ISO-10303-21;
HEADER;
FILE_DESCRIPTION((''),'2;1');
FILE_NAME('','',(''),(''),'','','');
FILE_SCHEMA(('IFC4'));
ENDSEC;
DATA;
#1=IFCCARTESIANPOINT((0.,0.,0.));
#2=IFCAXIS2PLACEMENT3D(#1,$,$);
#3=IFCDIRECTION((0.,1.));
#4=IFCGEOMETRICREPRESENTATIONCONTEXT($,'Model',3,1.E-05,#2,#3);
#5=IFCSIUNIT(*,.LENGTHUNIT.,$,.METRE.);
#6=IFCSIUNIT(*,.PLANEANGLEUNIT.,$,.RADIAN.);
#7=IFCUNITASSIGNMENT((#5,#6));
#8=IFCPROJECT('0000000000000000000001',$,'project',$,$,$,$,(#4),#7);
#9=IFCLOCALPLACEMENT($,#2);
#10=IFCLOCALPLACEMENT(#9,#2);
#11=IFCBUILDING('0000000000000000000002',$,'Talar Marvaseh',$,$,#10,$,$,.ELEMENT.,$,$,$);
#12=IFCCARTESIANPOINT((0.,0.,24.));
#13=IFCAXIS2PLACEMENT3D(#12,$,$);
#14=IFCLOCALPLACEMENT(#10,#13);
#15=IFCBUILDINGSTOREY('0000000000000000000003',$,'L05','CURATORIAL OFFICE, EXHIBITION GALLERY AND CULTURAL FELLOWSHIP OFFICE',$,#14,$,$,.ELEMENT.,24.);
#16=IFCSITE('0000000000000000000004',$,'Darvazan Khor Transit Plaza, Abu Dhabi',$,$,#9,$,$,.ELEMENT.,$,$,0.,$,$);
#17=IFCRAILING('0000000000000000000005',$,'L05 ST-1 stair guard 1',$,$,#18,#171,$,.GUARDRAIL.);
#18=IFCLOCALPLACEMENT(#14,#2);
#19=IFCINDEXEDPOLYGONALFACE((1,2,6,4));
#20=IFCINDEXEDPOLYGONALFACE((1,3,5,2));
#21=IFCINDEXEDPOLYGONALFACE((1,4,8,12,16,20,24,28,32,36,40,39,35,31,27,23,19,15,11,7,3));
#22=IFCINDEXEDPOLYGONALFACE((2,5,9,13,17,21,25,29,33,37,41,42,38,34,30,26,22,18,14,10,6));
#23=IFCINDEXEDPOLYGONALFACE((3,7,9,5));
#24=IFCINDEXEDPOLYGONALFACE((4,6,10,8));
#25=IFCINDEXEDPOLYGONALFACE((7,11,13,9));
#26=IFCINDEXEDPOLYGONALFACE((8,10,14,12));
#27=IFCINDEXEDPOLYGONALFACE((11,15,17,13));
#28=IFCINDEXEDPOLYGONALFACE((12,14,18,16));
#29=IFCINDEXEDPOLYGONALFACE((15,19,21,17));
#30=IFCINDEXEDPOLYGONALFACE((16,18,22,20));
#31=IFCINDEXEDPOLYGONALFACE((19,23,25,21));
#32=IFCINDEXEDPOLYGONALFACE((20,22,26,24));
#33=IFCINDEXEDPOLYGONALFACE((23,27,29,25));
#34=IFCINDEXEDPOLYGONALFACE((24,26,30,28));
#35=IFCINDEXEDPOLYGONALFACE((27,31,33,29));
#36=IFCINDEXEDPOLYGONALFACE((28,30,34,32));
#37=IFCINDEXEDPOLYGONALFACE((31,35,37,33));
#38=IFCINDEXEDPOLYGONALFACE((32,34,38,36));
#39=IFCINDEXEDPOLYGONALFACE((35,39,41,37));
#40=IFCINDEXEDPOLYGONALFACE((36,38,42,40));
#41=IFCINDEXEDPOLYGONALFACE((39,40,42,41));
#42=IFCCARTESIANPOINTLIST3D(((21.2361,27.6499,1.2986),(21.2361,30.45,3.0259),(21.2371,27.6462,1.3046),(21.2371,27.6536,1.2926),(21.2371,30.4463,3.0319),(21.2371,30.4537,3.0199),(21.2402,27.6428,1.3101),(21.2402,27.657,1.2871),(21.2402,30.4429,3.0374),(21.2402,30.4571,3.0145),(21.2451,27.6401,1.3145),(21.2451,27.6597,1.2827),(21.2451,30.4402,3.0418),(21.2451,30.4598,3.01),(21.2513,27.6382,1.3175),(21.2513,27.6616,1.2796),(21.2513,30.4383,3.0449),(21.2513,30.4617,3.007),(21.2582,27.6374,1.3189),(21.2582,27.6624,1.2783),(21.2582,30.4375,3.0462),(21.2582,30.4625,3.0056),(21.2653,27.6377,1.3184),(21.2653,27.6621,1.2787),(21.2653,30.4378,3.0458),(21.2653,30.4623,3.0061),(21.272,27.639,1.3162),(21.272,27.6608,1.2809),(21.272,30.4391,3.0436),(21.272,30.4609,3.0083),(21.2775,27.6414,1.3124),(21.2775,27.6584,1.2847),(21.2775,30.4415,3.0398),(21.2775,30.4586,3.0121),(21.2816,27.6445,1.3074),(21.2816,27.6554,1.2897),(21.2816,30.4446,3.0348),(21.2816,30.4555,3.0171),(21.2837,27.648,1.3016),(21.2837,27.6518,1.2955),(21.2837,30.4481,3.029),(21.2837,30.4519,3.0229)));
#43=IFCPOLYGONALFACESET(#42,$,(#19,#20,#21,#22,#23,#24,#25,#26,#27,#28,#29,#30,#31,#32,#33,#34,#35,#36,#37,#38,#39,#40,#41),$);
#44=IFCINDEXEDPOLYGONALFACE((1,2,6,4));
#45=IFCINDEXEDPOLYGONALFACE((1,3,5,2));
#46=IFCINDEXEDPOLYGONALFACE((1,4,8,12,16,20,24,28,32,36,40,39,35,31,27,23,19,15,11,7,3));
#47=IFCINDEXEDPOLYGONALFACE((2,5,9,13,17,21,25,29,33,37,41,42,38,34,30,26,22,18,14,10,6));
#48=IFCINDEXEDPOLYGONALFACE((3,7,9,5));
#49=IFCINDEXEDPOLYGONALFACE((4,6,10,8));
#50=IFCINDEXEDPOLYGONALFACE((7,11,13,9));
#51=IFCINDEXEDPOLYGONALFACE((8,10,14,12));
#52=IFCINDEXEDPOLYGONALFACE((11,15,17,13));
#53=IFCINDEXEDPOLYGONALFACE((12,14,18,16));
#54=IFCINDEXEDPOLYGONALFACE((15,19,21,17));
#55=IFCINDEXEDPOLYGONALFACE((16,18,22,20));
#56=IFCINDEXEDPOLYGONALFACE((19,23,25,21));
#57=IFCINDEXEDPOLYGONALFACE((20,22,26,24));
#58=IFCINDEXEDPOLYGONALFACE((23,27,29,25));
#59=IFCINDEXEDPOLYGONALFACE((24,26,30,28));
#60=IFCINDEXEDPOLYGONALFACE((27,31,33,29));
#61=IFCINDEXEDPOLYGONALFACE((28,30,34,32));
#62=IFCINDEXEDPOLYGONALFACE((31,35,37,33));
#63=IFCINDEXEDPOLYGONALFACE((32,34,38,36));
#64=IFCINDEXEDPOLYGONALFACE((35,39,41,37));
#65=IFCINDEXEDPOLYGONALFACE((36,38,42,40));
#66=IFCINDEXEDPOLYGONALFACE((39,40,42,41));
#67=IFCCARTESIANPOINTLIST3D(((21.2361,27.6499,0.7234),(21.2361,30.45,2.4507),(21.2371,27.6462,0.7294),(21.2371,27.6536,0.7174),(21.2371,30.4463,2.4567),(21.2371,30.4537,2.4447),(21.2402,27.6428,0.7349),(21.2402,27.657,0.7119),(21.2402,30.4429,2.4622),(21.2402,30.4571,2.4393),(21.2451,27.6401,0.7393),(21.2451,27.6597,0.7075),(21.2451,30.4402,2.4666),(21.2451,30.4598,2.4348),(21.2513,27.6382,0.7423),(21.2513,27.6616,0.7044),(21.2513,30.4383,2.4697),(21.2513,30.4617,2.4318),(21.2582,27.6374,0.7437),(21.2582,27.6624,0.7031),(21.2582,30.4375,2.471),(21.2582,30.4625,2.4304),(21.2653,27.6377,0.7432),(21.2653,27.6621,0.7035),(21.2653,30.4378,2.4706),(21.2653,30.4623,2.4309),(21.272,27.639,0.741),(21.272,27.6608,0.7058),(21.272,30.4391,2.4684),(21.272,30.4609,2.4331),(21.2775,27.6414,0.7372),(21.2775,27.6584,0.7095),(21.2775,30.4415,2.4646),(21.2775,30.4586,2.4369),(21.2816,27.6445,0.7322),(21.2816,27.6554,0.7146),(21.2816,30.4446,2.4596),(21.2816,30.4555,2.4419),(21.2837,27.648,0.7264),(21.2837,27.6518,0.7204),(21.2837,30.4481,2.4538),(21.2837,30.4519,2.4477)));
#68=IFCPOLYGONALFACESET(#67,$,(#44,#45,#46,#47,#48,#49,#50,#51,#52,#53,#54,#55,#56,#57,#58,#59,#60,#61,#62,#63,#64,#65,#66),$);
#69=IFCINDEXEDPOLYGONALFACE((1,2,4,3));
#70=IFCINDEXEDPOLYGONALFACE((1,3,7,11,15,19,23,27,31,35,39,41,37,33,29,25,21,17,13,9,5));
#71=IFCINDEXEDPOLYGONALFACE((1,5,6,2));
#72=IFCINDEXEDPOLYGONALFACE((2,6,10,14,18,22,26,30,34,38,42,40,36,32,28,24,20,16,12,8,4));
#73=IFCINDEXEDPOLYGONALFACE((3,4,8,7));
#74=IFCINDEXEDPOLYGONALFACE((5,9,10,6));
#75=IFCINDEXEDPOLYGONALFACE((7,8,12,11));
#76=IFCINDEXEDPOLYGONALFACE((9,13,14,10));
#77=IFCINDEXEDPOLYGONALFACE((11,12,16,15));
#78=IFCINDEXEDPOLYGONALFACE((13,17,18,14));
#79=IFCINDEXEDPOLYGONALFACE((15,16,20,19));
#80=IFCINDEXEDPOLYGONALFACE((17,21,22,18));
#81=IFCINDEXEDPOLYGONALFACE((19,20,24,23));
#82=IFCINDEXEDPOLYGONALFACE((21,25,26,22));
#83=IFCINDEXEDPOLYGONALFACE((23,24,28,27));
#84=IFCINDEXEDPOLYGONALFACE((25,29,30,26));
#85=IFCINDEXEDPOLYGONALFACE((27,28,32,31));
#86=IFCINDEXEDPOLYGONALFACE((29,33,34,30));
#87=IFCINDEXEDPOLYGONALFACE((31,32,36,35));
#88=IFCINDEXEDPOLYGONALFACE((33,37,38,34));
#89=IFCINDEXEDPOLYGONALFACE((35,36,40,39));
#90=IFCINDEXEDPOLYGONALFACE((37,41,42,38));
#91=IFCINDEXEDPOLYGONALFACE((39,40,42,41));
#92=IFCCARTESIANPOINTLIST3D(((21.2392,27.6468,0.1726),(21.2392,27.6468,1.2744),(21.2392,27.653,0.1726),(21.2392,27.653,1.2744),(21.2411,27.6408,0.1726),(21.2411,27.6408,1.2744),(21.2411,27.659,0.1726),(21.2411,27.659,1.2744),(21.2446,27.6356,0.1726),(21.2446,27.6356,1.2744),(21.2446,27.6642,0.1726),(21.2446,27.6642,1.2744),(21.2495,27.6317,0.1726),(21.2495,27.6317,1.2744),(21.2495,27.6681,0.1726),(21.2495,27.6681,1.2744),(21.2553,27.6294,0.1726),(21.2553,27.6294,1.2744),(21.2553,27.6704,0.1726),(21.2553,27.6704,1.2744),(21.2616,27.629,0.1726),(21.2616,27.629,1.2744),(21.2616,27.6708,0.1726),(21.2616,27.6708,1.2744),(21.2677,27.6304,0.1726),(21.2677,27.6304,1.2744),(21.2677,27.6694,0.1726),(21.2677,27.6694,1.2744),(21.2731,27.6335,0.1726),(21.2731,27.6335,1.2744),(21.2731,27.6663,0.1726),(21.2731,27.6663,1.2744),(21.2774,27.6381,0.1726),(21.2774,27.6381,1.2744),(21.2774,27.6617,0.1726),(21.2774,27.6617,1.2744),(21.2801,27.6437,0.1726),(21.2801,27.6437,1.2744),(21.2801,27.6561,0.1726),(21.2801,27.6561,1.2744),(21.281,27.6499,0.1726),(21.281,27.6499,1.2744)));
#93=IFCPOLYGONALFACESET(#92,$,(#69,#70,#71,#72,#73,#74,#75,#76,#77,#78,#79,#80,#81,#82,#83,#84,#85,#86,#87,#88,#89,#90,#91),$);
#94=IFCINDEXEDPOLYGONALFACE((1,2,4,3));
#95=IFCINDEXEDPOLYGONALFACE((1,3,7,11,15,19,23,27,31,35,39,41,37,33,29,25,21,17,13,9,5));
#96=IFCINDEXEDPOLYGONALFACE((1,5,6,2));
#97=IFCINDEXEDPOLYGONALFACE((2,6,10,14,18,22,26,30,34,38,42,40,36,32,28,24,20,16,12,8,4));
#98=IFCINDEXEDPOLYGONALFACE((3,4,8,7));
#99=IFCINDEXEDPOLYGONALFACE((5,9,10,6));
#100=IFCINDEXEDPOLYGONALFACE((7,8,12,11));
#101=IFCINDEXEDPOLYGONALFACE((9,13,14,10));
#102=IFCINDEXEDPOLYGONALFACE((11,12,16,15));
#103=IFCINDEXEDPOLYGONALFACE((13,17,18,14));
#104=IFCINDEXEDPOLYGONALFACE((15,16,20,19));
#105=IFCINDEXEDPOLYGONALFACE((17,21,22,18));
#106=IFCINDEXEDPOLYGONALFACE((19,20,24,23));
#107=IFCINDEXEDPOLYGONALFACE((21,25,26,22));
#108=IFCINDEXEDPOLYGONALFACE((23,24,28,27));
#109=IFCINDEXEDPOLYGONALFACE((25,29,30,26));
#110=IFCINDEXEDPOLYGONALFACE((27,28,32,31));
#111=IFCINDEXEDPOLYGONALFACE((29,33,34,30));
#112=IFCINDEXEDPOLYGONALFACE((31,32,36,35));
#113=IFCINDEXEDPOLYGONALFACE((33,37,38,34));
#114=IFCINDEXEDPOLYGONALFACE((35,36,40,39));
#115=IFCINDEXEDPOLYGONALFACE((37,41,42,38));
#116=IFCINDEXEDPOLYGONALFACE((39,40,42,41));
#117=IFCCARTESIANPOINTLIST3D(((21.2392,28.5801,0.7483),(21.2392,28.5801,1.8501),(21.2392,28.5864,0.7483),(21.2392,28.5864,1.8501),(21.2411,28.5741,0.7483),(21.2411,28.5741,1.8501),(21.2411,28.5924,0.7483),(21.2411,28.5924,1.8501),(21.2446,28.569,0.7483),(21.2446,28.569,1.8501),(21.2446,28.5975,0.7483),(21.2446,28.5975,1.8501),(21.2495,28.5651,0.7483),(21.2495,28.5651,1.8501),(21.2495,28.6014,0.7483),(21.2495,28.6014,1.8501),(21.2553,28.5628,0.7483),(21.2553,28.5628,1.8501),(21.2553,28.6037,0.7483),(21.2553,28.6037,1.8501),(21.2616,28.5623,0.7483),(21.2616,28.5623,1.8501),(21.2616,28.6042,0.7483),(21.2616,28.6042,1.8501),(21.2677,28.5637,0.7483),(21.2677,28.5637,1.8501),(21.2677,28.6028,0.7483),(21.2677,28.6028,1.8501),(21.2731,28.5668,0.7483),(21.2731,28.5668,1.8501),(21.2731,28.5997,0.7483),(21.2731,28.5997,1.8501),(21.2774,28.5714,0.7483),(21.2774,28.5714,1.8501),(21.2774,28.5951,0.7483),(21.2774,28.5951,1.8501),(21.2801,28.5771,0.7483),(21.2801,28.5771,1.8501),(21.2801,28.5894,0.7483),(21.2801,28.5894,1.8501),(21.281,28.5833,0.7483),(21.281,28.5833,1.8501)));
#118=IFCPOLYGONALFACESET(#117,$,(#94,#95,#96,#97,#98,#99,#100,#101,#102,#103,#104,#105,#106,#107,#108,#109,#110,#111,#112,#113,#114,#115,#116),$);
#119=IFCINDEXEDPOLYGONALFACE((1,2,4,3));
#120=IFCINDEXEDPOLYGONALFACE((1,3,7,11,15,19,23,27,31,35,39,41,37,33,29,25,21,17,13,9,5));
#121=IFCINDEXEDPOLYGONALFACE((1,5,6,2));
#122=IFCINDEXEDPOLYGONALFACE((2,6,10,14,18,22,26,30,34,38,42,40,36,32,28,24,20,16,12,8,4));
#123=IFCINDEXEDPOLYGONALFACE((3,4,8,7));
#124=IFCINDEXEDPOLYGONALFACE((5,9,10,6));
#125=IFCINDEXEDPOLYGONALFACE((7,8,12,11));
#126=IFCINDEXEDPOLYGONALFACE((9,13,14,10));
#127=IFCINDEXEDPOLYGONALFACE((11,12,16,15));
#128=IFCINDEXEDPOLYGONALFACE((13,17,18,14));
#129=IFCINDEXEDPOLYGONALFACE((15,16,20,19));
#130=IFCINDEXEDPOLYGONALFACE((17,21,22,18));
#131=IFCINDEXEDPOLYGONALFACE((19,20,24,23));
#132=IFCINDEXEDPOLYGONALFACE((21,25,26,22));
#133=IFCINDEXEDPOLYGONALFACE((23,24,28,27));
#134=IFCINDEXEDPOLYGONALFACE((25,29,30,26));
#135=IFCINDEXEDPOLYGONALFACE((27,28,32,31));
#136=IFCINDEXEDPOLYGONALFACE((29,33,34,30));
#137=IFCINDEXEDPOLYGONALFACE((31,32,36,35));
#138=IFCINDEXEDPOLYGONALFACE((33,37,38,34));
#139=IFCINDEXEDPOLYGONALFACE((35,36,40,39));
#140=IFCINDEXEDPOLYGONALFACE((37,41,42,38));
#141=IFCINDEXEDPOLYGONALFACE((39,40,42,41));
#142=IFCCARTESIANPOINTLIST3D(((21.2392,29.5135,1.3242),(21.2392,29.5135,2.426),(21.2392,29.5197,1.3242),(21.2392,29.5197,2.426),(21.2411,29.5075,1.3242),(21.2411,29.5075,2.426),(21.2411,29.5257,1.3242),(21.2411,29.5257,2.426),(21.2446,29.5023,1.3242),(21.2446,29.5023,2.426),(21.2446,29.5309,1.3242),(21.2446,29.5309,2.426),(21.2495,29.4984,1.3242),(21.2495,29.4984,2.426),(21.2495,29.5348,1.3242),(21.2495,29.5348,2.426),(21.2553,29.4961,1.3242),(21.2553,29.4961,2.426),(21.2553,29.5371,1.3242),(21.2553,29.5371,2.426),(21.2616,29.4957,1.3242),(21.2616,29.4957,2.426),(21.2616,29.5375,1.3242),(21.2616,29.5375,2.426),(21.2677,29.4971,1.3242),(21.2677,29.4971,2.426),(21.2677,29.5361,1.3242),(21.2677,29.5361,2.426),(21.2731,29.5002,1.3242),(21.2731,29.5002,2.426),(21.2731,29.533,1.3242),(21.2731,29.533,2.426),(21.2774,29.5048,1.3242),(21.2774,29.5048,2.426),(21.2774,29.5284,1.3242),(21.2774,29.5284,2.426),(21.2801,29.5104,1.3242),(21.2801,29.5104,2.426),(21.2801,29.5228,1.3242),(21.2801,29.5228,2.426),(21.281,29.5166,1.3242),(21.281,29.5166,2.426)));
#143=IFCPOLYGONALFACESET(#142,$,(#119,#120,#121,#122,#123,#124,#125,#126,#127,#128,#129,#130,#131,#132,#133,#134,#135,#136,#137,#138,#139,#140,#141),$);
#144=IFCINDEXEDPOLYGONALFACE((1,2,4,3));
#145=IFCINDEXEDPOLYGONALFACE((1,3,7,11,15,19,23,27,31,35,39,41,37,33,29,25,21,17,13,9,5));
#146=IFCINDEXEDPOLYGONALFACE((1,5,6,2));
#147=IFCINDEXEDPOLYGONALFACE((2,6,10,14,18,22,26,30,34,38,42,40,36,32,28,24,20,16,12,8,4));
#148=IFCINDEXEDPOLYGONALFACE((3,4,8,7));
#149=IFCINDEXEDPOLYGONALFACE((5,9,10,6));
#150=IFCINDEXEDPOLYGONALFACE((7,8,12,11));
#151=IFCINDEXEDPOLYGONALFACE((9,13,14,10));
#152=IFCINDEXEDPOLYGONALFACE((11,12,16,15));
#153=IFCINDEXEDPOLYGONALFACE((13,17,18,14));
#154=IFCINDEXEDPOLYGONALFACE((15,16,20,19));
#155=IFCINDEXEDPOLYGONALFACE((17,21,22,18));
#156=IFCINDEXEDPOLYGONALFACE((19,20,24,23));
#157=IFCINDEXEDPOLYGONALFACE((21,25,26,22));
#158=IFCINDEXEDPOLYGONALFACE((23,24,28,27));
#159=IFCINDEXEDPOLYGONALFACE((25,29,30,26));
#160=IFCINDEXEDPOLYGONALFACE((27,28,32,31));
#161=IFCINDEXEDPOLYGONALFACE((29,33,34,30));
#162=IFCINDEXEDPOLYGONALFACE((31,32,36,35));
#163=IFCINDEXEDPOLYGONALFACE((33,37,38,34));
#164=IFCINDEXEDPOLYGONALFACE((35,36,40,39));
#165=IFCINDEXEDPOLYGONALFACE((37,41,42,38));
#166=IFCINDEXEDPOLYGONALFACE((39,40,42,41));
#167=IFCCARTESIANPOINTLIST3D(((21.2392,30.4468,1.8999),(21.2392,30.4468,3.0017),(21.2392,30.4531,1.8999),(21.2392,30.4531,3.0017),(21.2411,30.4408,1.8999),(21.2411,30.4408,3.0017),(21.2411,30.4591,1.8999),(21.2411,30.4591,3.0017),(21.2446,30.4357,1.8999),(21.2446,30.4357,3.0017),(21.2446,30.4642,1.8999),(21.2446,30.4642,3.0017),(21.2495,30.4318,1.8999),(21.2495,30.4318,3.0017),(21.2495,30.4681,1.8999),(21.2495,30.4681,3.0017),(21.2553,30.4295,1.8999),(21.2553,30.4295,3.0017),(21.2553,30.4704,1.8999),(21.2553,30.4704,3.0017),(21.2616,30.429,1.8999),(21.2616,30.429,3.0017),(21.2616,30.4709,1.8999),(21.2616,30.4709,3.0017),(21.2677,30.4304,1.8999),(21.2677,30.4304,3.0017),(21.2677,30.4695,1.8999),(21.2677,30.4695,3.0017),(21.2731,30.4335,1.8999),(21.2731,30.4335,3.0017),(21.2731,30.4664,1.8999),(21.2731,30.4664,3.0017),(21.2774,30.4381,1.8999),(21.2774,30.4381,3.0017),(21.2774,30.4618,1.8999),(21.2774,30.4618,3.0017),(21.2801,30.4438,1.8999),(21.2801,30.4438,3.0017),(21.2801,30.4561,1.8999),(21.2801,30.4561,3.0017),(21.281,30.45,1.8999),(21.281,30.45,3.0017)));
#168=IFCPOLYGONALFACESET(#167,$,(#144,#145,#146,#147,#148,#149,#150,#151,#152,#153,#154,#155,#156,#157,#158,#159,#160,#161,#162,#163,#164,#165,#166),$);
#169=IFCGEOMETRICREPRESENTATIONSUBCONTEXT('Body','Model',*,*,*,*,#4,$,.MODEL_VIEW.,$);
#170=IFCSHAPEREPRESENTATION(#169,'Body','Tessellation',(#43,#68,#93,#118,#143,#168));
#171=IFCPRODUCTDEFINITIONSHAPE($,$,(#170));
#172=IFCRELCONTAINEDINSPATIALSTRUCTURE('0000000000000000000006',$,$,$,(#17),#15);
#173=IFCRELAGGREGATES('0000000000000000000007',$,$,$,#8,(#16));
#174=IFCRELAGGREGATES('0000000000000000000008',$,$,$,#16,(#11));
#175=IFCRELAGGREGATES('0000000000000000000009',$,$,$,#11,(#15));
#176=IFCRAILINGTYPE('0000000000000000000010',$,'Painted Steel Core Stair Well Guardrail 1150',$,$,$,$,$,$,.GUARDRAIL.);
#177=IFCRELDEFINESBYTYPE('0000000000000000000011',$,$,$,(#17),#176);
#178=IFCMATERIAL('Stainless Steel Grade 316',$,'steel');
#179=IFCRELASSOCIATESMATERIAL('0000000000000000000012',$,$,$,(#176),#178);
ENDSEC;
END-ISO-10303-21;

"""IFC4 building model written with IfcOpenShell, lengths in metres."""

from ifc_helpers import new_model, si_unit, direction, frame, origin, origin_2d, place, context, subcontext, project, spatial, circle, extrude, material, type_object, element, save


model = new_model("IFC4")

# Units and contexts
model_context = context("Model", 3, precision=1e-05, world=origin(), true_north=direction((0.0, 1.0)))
body_context = subcontext(model_context, "Body", "Model", "MODEL_VIEW")
ifc_project = project(units=[si_unit("LENGTHUNIT", "METRE"), si_unit("PLANEANGLEUNIT", "RADIAN")], contexts=[model_context])

# Site, building, storey
site_placement = place(None, origin())
site = spatial("IfcSite", under=ifc_project, at=site_placement, Name="Darvazan Khor Transit Plaza, Abu Dhabi", CompositionType="ELEMENT", RefElevation=0.0)
building_placement = place(site_placement, origin())
building = spatial("IfcBuilding", under=site, at=building_placement, Name="Talar Marvaseh", CompositionType="ELEMENT")
storey_placement = place(building_placement, frame((0.0, 0.0, 24.0)))
storey = spatial("IfcBuildingStorey", under=building, at=storey_placement, Name="L05", Description="CURATORIAL OFFICE, EXHIBITION GALLERY AND CULTURAL FELLOWSHIP OFFICE", CompositionType="ELEMENT", Elevation=24.0)

# Shared definitions
ifc_material_1 = material(Name="Stainless Steel Grade 316", Category="steel")

# Railing
railing_type_1 = type_object("IfcRailingType", Name="Painted Steel Core Stair Well Guardrail 1150", PredefinedType="GUARDRAIL", material=ifc_material_1)
railing_1_placement = place(storey_placement, frame((21.26, 27.6499, 0.1726)))
element("IfcRailing", 1, at=railing_1_placement, inside=storey, type_object=railing_type_1, Name="L05 ST-1 stair guard 1", PredefinedType="GUARDRAIL", context=body_context, shape_type="SweptSolid", body=[
    extrude(circle(Radius=0.0239, at=origin_2d()), frame((0.0, 0.0, 1.126), z_axis=(0.0, 0.85109, 0.52502), x_axis=(-1.0, 0.0, 0.0)), (0.0, 0.0, 1.0), 3.29),
    extrude(circle(Radius=0.0239, at=origin_2d()), frame((0.0, 0.0, 0.5508), z_axis=(0.0, 0.85109, 0.52502), x_axis=(-1.0, 0.0, 0.0)), (0.0, 0.0, 1.0), 3.29),
    extrude(circle(Radius=0.021, at=origin_2d()), origin(), (0.0, 0.0, 1.0), 1.1018),
    extrude(circle(Radius=0.021, at=origin_2d()), frame((0.0, 0.9333, 0.5757)), (0.0, 0.0, 1.0), 1.1018),
    extrude(circle(Radius=0.021, at=origin_2d()), frame((0.0, 1.8667, 1.1516)), (0.0, 0.0, 1.0), 1.1018),
    extrude(circle(Radius=0.021, at=origin_2d()), frame((0.0, 2.8, 1.7273)), (0.0, 0.0, 1.0), 1.1018),
])

save(model, "model.ifc")
